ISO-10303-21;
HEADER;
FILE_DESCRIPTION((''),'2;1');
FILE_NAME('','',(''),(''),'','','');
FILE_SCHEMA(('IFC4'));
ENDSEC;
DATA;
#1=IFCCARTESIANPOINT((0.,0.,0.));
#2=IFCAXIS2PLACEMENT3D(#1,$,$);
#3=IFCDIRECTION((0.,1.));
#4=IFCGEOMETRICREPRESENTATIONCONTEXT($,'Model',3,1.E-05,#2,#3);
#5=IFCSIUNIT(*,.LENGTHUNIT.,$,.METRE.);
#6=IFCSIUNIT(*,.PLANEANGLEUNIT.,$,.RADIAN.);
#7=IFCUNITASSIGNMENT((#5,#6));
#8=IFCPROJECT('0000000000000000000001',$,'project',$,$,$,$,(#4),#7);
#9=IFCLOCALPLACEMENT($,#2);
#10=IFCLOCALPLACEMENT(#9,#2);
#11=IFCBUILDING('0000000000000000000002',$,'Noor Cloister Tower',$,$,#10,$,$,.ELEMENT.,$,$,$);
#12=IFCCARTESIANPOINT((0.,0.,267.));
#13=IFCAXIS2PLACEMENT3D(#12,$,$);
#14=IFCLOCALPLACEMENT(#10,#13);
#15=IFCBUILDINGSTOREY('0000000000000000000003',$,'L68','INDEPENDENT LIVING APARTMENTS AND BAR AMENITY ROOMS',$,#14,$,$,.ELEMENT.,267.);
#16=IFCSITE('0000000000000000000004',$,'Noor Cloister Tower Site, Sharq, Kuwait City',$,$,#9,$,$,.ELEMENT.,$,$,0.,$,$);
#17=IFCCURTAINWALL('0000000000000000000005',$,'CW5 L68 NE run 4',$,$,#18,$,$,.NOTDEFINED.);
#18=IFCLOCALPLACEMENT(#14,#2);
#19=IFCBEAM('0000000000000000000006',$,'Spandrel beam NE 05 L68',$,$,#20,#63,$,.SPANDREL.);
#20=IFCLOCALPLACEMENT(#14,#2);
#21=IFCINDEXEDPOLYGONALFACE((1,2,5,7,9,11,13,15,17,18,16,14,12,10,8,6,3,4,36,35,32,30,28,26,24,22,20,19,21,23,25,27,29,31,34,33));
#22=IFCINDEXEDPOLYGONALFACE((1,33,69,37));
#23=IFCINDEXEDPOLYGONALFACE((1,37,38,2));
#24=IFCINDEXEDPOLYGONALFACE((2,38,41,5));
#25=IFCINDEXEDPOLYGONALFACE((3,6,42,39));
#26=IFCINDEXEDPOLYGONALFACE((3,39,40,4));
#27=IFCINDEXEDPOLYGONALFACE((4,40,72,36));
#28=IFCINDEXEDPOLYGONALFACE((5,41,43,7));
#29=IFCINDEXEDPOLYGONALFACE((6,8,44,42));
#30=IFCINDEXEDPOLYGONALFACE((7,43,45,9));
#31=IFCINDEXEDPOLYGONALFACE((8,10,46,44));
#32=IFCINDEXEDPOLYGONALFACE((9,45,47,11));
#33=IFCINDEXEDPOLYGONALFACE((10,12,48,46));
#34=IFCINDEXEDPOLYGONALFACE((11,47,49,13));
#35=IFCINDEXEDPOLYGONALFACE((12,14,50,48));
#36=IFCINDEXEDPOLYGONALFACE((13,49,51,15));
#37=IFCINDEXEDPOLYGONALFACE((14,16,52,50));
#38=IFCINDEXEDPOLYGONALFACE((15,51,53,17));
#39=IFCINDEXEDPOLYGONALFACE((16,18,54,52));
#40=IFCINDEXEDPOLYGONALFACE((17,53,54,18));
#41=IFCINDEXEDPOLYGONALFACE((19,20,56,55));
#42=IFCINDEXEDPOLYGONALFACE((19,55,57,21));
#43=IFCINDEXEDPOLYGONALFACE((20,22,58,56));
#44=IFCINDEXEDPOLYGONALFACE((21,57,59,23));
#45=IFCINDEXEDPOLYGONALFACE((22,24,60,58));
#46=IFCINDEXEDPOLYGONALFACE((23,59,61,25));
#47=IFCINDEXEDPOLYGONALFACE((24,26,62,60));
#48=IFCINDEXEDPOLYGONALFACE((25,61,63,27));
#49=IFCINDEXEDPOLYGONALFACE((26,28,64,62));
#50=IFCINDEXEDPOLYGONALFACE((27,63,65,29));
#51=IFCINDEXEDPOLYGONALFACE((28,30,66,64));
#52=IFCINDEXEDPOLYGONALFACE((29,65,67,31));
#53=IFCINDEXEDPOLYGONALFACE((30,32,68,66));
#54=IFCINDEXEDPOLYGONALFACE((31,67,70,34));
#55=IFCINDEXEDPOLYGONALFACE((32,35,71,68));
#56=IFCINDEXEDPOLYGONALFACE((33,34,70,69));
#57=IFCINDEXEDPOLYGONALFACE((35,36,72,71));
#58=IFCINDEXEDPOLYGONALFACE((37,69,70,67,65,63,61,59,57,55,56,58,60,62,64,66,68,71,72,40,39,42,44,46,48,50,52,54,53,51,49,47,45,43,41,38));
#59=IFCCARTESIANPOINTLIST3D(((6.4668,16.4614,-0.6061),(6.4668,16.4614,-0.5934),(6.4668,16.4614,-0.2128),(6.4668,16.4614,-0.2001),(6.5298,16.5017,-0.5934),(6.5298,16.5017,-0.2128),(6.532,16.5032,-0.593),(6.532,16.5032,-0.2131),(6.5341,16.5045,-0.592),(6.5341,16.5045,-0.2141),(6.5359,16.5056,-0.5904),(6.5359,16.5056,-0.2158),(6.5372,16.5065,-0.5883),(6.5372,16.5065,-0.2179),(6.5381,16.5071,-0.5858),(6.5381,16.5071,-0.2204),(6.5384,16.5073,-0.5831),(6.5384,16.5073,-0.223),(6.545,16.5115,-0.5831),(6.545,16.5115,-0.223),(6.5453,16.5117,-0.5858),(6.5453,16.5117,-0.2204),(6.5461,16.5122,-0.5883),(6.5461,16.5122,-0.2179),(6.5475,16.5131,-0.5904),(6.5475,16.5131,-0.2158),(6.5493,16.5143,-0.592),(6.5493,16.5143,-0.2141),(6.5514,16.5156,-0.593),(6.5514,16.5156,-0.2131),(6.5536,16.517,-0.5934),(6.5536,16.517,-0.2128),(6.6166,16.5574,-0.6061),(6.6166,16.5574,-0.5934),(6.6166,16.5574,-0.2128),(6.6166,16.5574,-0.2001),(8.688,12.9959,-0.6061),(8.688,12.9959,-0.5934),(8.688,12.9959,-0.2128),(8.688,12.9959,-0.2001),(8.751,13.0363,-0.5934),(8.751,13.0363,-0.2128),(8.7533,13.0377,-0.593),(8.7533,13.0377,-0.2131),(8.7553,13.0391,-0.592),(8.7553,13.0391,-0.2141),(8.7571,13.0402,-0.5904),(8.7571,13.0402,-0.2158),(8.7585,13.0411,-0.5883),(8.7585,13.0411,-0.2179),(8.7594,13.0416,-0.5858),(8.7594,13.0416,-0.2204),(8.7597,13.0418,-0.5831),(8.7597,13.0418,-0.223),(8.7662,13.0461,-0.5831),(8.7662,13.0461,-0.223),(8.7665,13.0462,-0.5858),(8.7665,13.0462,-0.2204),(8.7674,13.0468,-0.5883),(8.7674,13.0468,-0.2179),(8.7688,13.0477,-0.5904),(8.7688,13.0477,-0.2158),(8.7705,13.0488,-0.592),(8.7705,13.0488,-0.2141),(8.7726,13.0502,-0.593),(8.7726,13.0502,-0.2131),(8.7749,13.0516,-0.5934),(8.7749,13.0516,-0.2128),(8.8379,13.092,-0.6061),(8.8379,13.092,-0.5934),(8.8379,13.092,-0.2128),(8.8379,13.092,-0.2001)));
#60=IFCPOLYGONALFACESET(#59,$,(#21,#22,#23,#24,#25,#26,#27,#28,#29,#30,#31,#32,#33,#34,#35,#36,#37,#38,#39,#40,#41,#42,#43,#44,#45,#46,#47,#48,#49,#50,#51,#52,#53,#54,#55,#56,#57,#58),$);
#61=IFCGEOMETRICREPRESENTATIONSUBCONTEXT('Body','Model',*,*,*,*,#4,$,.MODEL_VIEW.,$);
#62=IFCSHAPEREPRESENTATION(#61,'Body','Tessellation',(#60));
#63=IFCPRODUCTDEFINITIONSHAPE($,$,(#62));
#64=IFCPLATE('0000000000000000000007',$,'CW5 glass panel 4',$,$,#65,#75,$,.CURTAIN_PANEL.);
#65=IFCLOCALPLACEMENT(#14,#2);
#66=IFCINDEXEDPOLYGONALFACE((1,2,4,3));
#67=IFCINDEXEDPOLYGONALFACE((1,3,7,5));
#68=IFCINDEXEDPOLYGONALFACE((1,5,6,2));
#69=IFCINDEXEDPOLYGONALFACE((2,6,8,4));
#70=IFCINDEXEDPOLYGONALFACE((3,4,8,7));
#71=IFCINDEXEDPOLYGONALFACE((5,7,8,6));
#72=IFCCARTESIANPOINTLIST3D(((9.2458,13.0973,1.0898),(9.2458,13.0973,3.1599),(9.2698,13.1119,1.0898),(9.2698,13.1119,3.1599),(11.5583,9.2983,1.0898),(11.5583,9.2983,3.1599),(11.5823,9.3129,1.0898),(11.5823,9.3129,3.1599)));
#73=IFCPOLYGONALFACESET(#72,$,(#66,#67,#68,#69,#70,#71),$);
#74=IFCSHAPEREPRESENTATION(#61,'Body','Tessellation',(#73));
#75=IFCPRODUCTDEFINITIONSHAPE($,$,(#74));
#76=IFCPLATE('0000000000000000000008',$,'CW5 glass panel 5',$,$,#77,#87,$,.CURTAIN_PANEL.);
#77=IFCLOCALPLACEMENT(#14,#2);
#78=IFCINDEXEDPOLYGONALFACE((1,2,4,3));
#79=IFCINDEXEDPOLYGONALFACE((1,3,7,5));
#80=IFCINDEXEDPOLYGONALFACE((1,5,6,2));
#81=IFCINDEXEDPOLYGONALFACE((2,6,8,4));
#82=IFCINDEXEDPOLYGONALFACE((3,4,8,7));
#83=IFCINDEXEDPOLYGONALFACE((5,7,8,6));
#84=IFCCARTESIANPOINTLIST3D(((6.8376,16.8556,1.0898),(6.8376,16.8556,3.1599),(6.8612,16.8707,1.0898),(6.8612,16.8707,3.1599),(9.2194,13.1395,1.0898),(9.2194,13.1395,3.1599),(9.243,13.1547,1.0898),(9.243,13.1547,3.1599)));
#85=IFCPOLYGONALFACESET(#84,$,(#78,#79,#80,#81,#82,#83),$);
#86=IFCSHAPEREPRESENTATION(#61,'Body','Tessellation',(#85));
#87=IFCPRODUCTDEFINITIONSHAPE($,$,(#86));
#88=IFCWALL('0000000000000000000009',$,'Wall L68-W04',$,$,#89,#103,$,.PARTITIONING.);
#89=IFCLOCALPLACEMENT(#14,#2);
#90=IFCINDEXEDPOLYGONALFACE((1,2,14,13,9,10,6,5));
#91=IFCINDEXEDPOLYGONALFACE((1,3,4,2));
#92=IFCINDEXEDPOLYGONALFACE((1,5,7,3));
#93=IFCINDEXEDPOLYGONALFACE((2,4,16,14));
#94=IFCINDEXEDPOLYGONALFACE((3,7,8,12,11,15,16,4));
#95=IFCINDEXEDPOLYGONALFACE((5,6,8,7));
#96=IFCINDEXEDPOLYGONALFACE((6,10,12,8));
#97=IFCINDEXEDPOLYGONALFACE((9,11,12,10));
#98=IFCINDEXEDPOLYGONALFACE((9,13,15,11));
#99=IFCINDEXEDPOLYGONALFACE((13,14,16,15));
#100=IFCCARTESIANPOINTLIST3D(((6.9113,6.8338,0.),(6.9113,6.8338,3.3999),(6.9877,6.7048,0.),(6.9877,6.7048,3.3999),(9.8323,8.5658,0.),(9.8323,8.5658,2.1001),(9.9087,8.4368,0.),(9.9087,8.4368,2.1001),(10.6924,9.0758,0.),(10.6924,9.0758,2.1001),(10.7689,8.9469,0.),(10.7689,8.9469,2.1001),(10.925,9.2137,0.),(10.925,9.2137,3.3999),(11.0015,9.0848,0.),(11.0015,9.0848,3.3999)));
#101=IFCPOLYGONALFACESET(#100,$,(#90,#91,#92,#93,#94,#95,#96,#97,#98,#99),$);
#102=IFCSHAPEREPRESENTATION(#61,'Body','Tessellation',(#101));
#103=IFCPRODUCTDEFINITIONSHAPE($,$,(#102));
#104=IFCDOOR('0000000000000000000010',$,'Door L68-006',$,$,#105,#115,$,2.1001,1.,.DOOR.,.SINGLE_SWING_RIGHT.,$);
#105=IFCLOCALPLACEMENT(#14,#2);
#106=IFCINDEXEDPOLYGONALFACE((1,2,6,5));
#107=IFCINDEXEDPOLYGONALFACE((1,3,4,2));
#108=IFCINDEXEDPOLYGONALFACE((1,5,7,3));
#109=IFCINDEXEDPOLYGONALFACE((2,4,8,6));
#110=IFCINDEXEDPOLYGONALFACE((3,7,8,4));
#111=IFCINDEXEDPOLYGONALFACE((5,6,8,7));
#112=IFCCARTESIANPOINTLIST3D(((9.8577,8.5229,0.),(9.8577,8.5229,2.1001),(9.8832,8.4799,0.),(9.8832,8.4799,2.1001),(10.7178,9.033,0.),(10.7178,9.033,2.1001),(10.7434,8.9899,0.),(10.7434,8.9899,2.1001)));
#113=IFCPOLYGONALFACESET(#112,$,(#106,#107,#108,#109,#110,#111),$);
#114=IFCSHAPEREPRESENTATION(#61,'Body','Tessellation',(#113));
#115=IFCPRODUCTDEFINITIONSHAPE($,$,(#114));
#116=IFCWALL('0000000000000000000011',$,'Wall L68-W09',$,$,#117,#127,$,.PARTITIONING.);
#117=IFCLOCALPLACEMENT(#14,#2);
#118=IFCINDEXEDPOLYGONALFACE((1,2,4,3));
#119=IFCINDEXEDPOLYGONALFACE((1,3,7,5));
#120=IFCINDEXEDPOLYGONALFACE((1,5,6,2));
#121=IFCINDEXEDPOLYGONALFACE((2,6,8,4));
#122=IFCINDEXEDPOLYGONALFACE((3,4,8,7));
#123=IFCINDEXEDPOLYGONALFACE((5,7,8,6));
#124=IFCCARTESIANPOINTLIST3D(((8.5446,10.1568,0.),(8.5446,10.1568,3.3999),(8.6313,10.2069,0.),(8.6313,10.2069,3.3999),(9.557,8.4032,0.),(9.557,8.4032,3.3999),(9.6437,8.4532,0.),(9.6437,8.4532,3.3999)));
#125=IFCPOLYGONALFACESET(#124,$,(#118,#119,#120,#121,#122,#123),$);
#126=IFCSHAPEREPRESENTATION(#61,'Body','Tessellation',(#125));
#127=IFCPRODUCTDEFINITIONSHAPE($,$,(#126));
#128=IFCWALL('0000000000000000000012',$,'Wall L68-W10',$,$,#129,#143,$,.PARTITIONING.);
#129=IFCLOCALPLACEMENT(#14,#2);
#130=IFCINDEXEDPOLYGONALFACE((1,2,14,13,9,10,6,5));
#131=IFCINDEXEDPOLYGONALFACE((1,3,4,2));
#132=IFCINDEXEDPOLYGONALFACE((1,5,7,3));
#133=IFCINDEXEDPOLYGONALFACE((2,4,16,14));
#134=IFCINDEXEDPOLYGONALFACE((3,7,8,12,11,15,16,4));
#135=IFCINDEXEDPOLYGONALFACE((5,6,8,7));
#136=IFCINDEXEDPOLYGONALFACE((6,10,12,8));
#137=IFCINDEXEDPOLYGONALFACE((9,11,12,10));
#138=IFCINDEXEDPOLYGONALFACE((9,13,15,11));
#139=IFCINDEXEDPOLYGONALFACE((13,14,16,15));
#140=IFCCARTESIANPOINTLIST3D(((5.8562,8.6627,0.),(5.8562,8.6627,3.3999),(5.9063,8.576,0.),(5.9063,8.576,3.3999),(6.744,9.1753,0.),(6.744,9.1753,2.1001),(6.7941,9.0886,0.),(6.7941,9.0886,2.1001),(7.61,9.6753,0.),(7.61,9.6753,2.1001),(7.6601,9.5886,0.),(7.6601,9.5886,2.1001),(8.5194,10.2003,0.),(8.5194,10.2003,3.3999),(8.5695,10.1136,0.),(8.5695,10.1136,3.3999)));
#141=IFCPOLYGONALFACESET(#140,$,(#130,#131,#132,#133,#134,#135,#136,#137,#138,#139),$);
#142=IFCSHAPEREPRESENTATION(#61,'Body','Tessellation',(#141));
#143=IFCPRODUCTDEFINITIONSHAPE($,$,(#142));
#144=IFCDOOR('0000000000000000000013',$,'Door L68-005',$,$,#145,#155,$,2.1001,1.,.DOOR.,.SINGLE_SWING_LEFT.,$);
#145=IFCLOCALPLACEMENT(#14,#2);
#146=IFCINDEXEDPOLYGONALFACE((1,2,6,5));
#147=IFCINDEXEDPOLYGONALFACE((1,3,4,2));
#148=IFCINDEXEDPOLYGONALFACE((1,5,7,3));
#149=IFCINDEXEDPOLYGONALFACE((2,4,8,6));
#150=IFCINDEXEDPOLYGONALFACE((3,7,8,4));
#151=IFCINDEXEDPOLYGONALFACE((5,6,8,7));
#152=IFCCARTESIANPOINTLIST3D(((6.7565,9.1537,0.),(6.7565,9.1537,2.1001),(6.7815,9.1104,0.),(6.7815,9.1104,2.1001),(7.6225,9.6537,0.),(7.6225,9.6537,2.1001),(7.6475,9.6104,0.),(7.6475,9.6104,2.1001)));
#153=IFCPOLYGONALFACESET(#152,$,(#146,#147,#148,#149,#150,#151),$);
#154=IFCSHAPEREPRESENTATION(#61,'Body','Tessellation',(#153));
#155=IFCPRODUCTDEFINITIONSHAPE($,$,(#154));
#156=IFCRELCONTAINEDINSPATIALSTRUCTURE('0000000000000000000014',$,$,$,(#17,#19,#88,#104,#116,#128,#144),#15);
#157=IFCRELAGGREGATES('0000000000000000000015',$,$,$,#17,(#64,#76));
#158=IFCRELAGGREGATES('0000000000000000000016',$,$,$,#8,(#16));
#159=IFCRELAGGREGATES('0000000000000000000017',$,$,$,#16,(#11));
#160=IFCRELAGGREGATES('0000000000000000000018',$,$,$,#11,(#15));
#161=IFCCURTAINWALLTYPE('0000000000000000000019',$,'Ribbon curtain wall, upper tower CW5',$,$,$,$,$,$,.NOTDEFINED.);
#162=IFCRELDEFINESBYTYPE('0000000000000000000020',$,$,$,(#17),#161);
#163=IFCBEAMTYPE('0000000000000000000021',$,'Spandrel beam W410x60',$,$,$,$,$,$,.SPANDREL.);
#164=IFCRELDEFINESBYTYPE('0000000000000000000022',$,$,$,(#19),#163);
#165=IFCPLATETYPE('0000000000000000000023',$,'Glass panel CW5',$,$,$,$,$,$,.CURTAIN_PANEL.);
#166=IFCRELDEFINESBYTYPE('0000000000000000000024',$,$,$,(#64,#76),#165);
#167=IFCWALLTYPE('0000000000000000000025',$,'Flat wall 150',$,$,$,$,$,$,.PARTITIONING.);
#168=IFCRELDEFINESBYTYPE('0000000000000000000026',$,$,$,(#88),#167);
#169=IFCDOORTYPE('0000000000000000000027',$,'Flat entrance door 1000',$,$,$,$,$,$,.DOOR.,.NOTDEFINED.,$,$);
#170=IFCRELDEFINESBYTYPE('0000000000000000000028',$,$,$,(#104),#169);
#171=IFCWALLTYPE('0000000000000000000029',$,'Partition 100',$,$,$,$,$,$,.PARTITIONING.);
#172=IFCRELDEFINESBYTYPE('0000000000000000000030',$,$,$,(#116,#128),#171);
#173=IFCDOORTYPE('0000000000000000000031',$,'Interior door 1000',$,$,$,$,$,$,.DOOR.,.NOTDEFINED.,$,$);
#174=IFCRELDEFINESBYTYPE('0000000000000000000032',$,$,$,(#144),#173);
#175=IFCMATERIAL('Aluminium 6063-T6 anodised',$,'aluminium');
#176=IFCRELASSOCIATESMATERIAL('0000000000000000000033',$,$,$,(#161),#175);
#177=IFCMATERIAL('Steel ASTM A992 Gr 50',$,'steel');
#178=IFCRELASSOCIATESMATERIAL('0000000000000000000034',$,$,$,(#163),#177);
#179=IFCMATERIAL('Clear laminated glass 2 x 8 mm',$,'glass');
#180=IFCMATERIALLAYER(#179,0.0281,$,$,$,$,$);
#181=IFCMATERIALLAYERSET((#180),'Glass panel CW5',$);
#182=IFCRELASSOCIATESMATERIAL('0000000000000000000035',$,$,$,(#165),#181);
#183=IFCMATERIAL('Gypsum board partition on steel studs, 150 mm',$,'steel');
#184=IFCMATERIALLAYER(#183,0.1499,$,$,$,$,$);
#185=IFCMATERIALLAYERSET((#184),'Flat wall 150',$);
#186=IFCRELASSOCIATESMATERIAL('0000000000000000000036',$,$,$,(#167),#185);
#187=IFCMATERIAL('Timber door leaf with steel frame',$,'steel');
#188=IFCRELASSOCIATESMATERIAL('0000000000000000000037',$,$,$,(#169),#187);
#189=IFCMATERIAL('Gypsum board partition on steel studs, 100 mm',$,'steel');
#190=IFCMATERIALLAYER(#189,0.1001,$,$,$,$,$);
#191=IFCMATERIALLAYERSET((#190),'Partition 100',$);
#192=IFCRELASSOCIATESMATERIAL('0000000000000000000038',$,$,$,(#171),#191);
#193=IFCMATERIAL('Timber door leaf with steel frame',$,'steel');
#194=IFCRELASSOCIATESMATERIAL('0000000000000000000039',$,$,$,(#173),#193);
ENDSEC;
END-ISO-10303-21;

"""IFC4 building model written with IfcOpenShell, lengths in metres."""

from ifc_helpers import new_model, si_unit, direction, frame, frame_2d, origin, origin_2d, place, context, subcontext, project, spatial, rectangle, i_section, extrude, material, layer, layer_set, material_profile, profile_set, type_object, element, fill, aggregate, save


model = new_model("IFC4")

# Units and contexts
model_context = context("Model", 3, precision=1e-05, world=origin(), true_north=direction((0.0, 1.0)))
body_context = subcontext(model_context, "Body", "Model", "MODEL_VIEW")
ifc_project = project(units=[si_unit("LENGTHUNIT", "METRE"), si_unit("PLANEANGLEUNIT", "RADIAN")], contexts=[model_context])

# Site, building, storey
site_placement = place(None, origin())
site = spatial("IfcSite", under=ifc_project, at=site_placement, Name="Noor Cloister Tower Site, Sharq, Kuwait City", CompositionType="ELEMENT", RefElevation=0.0)
building_placement = place(site_placement, origin())
building = spatial("IfcBuilding", under=site, at=building_placement, Name="Noor Cloister Tower", CompositionType="ELEMENT")
storey_placement = place(building_placement, frame((0.0, 0.0, 267.0)))
storey = spatial("IfcBuildingStorey", under=building, at=storey_placement, Name="L68", Description="INDEPENDENT LIVING APARTMENTS AND BAR AMENITY ROOMS", CompositionType="ELEMENT", Elevation=267.0)

# Curtain wall
ifc_material_1 = material(Name="Aluminium 6063-T6 anodised", Category="aluminium")
curtain_wall_type = type_object("IfcCurtainWallType", Name="Ribbon curtain wall, upper tower CW5", PredefinedType="NOTDEFINED", material=ifc_material_1)
curtain_wall_placement = place(storey_placement, origin())
curtain_wall = element("IfcCurtainWall", 1, at=curtain_wall_placement, inside=storey, type_object=curtain_wall_type, Name="CW5 L68 NE run 4", PredefinedType="NOTDEFINED")

# Beam
ifc_material_2 = material(Name="Steel ASTM A992 Gr 50", Category="steel")
ifc_material_profile_1 = material_profile(ifc_material_2, i_section(OverallWidth=0.178, OverallDepth=0.406, WebThickness=0.0078, FlangeThickness=0.0127, FilletRadius=0.0103, at=origin_2d()), Name="W410x60")
ifc_profile_set_1 = profile_set([ifc_material_profile_1], Name="Steel ASTM A992 Gr 50")
beam_type_1 = type_object("IfcBeamType", Name="Spandrel beam W410x60", PredefinedType="SPANDREL", material=ifc_profile_set_1)
for number, where, z_axis, x_axis, name in (
    (2, (8.7629, 13.0439, -0.4031), (-0.539636, 0.841898, 0.0), (-0.841898, -0.539636, 0.0), "Spandrel beam NE 05 L68"),
):
    element("IfcBeam", number, at=place(storey_placement, frame(where, z_axis=z_axis, x_axis=x_axis)), inside=storey, type_object=beam_type_1, Name=name, PredefinedType="SPANDREL", context=body_context, shape_type="SweptSolid", body=[
        extrude(i_section(OverallWidth=0.178, OverallDepth=0.406, WebThickness=0.0078, FlangeThickness=0.0127, FilletRadius=0.0103, at=origin_2d()), origin(), (0.0, 0.0, 1.0), 4.1162),
    ])

# Plates
ifc_material_3 = material(Name="Clear laminated glass 2 x 8 mm", Category="glass")
ifc_layer_1 = layer(ifc_material_3, 0.0281)
ifc_layer_set_1 = layer_set([ifc_layer_1], Name="Glass panel CW5")
plate_type = type_object("IfcPlateType", Name="Glass panel CW5", PredefinedType="CURTAIN_PANEL", material=ifc_layer_set_1)
plate_1_placement = place(storey_placement, frame((10.4141, 11.2051, 1.0898), z_axis=(0.0, 0.0, 1.0), x_axis=(-0.519949, 0.854197, 0.0)))
plate_1 = element("IfcPlate", 3, at=plate_1_placement, type_object=plate_type, Name="CW5 glass panel 4", PredefinedType="CURTAIN_PANEL", context=body_context, shape_type="SweptSolid", body=[
    extrude(rectangle(XDim=4.4475, YDim=0.0281, at=origin_2d()), origin(), (0.0, 0.0, 1.0), 2.0701),
])
plate_2_placement = place(storey_placement, frame((8.0403, 15.0051, 1.0898), z_axis=(0.0, 0.0, 1.0), x_axis=(-0.539618, 0.84191, 0.0)))
plate_2 = element("IfcPlate", 4, at=plate_2_placement, type_object=plate_type, Name="CW5 glass panel 5", PredefinedType="CURTAIN_PANEL", context=body_context, shape_type="SweptSolid", body=[
    extrude(rectangle(XDim=4.4138, YDim=0.0281, at=origin_2d()), origin(), (0.0, 0.0, 1.0), 2.0701),
])
aggregate(curtain_wall, [plate_1, plate_2])

# Wall, opening, door
ifc_material_4 = material(Name="Gypsum board partition on steel studs, 150 mm", Category="steel")
ifc_layer_2 = layer(ifc_material_4, 0.1499)
ifc_layer_set_2 = layer_set([ifc_layer_2], Name="Flat wall 150")
wall_type_1 = type_object("IfcWallType", Name="Flat wall 150", PredefinedType="PARTITIONING", material=ifc_layer_set_2)
wall_1_placement = place(storey_placement, frame((10.9631, 9.1492, 0.0), z_axis=(0.0, 0.0, 1.0), x_axis=(-0.860159, -0.510026, 0.0)))
wall_1 = element("IfcWall", 5, at=wall_1_placement, inside=storey, type_object=wall_type_1, Name="Wall L68-W04", PredefinedType="PARTITIONING", context=body_context, shape_type="SweptSolid", body=[
    extrude(rectangle(XDim=4.6663, YDim=0.1499, at=frame_2d((2.333, 0.0))), origin(), (0.0, 0.0, 1.0), 3.3999),
])
opening_1_placement = place(wall_1_placement, frame((0.2703, 0.0, 0.0)))
opening_1 = element("IfcOpeningElement", 6, at=opening_1_placement, cuts=wall_1, PredefinedType="OPENING", context=body_context, shape_type="SweptSolid", body=[
    extrude(rectangle(XDim=1.0, YDim=2.1001, at=frame_2d((0.5, 1.05))), frame((0.0, 0.085, 0.0), z_axis=(0.0, -1.0, 0.0), x_axis=(1.0, 0.0, 0.0)), (0.0, 0.0, 1.0), 0.1699),
])
ifc_material_5 = material(Name="Timber door leaf with steel frame", Category="steel")
door_type_1 = type_object("IfcDoorType", Name="Flat entrance door 1000", OperationType="NOTDEFINED", PredefinedType="DOOR", material=ifc_material_5)
door_1_placement = place(opening_1_placement, origin())
door_1 = element("IfcDoor", 7, at=door_1_placement, inside=storey, type_object=door_type_1, Name="Door L68-006", OperationType="SINGLE_SWING_RIGHT", OverallHeight=2.1001, OverallWidth=1.0, PredefinedType="DOOR", context=body_context, shape_type="SweptSolid", body=[
    extrude(rectangle(XDim=1.0, YDim=2.1001, at=frame_2d((0.5, 1.05))), frame((0.0, 0.0249, 0.0), z_axis=(0.0, -1.0, 0.0), x_axis=(1.0, 0.0, 0.0)), (0.0, 0.0, 1.0), 0.05),
])
fill(opening_1, door_1)

# Wall
ifc_material_6 = material(Name="Gypsum board partition on steel studs, 100 mm", Category="steel")
ifc_layer_3 = layer(ifc_material_6, 0.1001)
ifc_layer_set_3 = layer_set([ifc_layer_3], Name="Partition 100")
wall_type_2 = type_object("IfcWallType", Name="Partition 100", PredefinedType="PARTITIONING", material=ifc_layer_set_3)
wall_2_placement = place(storey_placement, frame((9.6003, 8.4282, 0.0), z_axis=(0.0, 0.0, 1.0), x_axis=(-0.49999, 0.866031, 0.0)))
element("IfcWall", 8, at=wall_2_placement, inside=storey, type_object=wall_type_2, Name="Wall L68-W09", PredefinedType="PARTITIONING", context=body_context, shape_type="SweptSolid", body=[
    extrude(rectangle(XDim=2.0249, YDim=0.1001, at=frame_2d((1.0125, 0.0))), origin(), (0.0, 0.0, 1.0), 3.3999),
])

# Wall, opening, door
wall_3_placement = place(storey_placement, frame((8.5444, 10.157, 0.0), z_axis=(0.0, 0.0, 1.0), x_axis=(-0.866016, -0.500016, 0.0)))
wall_3 = element("IfcWall", 9, at=wall_3_placement, inside=storey, type_object=wall_type_2, Name="Wall L68-W10", PredefinedType="PARTITIONING", context=body_context, shape_type="SweptSolid", body=[
    extrude(rectangle(XDim=3.0752, YDim=0.1001, at=frame_2d((1.5376, 0.0))), origin(), (0.0, 0.0, 1.0), 3.3999),
])
opening_2_placement = place(wall_3_placement, frame((1.05, 0.0, 0.0)))
opening_2 = element("IfcOpeningElement", 10, at=opening_2_placement, cuts=wall_3, PredefinedType="OPENING", context=body_context, shape_type="SweptSolid", body=[
    extrude(rectangle(XDim=1.0, YDim=2.1001, at=frame_2d((0.5, 1.05))), frame((0.0, 0.0601, 0.0), z_axis=(0.0, -1.0, 0.0), x_axis=(1.0, 0.0, 0.0)), (0.0, 0.0, 1.0), 0.1201),
])
ifc_material_7 = material(Name="Timber door leaf with steel frame", Category="steel")
door_type_2 = type_object("IfcDoorType", Name="Interior door 1000", OperationType="NOTDEFINED", PredefinedType="DOOR", material=ifc_material_7)
door_2_placement = place(opening_2_placement, origin())
door_2 = element("IfcDoor", 11, at=door_2_placement, inside=storey, type_object=door_type_2, Name="Door L68-005", OperationType="SINGLE_SWING_LEFT", OverallHeight=2.1001, OverallWidth=1.0, PredefinedType="DOOR", context=body_context, shape_type="SweptSolid", body=[
    extrude(rectangle(XDim=1.0, YDim=2.1001, at=frame_2d((0.5, 1.05))), frame((0.0, 0.0249, 0.0), z_axis=(0.0, -1.0, 0.0), x_axis=(1.0, 0.0, 0.0)), (0.0, 0.0, 1.0), 0.05),
])
fill(opening_2, door_2)

save(model, "model.ifc")
